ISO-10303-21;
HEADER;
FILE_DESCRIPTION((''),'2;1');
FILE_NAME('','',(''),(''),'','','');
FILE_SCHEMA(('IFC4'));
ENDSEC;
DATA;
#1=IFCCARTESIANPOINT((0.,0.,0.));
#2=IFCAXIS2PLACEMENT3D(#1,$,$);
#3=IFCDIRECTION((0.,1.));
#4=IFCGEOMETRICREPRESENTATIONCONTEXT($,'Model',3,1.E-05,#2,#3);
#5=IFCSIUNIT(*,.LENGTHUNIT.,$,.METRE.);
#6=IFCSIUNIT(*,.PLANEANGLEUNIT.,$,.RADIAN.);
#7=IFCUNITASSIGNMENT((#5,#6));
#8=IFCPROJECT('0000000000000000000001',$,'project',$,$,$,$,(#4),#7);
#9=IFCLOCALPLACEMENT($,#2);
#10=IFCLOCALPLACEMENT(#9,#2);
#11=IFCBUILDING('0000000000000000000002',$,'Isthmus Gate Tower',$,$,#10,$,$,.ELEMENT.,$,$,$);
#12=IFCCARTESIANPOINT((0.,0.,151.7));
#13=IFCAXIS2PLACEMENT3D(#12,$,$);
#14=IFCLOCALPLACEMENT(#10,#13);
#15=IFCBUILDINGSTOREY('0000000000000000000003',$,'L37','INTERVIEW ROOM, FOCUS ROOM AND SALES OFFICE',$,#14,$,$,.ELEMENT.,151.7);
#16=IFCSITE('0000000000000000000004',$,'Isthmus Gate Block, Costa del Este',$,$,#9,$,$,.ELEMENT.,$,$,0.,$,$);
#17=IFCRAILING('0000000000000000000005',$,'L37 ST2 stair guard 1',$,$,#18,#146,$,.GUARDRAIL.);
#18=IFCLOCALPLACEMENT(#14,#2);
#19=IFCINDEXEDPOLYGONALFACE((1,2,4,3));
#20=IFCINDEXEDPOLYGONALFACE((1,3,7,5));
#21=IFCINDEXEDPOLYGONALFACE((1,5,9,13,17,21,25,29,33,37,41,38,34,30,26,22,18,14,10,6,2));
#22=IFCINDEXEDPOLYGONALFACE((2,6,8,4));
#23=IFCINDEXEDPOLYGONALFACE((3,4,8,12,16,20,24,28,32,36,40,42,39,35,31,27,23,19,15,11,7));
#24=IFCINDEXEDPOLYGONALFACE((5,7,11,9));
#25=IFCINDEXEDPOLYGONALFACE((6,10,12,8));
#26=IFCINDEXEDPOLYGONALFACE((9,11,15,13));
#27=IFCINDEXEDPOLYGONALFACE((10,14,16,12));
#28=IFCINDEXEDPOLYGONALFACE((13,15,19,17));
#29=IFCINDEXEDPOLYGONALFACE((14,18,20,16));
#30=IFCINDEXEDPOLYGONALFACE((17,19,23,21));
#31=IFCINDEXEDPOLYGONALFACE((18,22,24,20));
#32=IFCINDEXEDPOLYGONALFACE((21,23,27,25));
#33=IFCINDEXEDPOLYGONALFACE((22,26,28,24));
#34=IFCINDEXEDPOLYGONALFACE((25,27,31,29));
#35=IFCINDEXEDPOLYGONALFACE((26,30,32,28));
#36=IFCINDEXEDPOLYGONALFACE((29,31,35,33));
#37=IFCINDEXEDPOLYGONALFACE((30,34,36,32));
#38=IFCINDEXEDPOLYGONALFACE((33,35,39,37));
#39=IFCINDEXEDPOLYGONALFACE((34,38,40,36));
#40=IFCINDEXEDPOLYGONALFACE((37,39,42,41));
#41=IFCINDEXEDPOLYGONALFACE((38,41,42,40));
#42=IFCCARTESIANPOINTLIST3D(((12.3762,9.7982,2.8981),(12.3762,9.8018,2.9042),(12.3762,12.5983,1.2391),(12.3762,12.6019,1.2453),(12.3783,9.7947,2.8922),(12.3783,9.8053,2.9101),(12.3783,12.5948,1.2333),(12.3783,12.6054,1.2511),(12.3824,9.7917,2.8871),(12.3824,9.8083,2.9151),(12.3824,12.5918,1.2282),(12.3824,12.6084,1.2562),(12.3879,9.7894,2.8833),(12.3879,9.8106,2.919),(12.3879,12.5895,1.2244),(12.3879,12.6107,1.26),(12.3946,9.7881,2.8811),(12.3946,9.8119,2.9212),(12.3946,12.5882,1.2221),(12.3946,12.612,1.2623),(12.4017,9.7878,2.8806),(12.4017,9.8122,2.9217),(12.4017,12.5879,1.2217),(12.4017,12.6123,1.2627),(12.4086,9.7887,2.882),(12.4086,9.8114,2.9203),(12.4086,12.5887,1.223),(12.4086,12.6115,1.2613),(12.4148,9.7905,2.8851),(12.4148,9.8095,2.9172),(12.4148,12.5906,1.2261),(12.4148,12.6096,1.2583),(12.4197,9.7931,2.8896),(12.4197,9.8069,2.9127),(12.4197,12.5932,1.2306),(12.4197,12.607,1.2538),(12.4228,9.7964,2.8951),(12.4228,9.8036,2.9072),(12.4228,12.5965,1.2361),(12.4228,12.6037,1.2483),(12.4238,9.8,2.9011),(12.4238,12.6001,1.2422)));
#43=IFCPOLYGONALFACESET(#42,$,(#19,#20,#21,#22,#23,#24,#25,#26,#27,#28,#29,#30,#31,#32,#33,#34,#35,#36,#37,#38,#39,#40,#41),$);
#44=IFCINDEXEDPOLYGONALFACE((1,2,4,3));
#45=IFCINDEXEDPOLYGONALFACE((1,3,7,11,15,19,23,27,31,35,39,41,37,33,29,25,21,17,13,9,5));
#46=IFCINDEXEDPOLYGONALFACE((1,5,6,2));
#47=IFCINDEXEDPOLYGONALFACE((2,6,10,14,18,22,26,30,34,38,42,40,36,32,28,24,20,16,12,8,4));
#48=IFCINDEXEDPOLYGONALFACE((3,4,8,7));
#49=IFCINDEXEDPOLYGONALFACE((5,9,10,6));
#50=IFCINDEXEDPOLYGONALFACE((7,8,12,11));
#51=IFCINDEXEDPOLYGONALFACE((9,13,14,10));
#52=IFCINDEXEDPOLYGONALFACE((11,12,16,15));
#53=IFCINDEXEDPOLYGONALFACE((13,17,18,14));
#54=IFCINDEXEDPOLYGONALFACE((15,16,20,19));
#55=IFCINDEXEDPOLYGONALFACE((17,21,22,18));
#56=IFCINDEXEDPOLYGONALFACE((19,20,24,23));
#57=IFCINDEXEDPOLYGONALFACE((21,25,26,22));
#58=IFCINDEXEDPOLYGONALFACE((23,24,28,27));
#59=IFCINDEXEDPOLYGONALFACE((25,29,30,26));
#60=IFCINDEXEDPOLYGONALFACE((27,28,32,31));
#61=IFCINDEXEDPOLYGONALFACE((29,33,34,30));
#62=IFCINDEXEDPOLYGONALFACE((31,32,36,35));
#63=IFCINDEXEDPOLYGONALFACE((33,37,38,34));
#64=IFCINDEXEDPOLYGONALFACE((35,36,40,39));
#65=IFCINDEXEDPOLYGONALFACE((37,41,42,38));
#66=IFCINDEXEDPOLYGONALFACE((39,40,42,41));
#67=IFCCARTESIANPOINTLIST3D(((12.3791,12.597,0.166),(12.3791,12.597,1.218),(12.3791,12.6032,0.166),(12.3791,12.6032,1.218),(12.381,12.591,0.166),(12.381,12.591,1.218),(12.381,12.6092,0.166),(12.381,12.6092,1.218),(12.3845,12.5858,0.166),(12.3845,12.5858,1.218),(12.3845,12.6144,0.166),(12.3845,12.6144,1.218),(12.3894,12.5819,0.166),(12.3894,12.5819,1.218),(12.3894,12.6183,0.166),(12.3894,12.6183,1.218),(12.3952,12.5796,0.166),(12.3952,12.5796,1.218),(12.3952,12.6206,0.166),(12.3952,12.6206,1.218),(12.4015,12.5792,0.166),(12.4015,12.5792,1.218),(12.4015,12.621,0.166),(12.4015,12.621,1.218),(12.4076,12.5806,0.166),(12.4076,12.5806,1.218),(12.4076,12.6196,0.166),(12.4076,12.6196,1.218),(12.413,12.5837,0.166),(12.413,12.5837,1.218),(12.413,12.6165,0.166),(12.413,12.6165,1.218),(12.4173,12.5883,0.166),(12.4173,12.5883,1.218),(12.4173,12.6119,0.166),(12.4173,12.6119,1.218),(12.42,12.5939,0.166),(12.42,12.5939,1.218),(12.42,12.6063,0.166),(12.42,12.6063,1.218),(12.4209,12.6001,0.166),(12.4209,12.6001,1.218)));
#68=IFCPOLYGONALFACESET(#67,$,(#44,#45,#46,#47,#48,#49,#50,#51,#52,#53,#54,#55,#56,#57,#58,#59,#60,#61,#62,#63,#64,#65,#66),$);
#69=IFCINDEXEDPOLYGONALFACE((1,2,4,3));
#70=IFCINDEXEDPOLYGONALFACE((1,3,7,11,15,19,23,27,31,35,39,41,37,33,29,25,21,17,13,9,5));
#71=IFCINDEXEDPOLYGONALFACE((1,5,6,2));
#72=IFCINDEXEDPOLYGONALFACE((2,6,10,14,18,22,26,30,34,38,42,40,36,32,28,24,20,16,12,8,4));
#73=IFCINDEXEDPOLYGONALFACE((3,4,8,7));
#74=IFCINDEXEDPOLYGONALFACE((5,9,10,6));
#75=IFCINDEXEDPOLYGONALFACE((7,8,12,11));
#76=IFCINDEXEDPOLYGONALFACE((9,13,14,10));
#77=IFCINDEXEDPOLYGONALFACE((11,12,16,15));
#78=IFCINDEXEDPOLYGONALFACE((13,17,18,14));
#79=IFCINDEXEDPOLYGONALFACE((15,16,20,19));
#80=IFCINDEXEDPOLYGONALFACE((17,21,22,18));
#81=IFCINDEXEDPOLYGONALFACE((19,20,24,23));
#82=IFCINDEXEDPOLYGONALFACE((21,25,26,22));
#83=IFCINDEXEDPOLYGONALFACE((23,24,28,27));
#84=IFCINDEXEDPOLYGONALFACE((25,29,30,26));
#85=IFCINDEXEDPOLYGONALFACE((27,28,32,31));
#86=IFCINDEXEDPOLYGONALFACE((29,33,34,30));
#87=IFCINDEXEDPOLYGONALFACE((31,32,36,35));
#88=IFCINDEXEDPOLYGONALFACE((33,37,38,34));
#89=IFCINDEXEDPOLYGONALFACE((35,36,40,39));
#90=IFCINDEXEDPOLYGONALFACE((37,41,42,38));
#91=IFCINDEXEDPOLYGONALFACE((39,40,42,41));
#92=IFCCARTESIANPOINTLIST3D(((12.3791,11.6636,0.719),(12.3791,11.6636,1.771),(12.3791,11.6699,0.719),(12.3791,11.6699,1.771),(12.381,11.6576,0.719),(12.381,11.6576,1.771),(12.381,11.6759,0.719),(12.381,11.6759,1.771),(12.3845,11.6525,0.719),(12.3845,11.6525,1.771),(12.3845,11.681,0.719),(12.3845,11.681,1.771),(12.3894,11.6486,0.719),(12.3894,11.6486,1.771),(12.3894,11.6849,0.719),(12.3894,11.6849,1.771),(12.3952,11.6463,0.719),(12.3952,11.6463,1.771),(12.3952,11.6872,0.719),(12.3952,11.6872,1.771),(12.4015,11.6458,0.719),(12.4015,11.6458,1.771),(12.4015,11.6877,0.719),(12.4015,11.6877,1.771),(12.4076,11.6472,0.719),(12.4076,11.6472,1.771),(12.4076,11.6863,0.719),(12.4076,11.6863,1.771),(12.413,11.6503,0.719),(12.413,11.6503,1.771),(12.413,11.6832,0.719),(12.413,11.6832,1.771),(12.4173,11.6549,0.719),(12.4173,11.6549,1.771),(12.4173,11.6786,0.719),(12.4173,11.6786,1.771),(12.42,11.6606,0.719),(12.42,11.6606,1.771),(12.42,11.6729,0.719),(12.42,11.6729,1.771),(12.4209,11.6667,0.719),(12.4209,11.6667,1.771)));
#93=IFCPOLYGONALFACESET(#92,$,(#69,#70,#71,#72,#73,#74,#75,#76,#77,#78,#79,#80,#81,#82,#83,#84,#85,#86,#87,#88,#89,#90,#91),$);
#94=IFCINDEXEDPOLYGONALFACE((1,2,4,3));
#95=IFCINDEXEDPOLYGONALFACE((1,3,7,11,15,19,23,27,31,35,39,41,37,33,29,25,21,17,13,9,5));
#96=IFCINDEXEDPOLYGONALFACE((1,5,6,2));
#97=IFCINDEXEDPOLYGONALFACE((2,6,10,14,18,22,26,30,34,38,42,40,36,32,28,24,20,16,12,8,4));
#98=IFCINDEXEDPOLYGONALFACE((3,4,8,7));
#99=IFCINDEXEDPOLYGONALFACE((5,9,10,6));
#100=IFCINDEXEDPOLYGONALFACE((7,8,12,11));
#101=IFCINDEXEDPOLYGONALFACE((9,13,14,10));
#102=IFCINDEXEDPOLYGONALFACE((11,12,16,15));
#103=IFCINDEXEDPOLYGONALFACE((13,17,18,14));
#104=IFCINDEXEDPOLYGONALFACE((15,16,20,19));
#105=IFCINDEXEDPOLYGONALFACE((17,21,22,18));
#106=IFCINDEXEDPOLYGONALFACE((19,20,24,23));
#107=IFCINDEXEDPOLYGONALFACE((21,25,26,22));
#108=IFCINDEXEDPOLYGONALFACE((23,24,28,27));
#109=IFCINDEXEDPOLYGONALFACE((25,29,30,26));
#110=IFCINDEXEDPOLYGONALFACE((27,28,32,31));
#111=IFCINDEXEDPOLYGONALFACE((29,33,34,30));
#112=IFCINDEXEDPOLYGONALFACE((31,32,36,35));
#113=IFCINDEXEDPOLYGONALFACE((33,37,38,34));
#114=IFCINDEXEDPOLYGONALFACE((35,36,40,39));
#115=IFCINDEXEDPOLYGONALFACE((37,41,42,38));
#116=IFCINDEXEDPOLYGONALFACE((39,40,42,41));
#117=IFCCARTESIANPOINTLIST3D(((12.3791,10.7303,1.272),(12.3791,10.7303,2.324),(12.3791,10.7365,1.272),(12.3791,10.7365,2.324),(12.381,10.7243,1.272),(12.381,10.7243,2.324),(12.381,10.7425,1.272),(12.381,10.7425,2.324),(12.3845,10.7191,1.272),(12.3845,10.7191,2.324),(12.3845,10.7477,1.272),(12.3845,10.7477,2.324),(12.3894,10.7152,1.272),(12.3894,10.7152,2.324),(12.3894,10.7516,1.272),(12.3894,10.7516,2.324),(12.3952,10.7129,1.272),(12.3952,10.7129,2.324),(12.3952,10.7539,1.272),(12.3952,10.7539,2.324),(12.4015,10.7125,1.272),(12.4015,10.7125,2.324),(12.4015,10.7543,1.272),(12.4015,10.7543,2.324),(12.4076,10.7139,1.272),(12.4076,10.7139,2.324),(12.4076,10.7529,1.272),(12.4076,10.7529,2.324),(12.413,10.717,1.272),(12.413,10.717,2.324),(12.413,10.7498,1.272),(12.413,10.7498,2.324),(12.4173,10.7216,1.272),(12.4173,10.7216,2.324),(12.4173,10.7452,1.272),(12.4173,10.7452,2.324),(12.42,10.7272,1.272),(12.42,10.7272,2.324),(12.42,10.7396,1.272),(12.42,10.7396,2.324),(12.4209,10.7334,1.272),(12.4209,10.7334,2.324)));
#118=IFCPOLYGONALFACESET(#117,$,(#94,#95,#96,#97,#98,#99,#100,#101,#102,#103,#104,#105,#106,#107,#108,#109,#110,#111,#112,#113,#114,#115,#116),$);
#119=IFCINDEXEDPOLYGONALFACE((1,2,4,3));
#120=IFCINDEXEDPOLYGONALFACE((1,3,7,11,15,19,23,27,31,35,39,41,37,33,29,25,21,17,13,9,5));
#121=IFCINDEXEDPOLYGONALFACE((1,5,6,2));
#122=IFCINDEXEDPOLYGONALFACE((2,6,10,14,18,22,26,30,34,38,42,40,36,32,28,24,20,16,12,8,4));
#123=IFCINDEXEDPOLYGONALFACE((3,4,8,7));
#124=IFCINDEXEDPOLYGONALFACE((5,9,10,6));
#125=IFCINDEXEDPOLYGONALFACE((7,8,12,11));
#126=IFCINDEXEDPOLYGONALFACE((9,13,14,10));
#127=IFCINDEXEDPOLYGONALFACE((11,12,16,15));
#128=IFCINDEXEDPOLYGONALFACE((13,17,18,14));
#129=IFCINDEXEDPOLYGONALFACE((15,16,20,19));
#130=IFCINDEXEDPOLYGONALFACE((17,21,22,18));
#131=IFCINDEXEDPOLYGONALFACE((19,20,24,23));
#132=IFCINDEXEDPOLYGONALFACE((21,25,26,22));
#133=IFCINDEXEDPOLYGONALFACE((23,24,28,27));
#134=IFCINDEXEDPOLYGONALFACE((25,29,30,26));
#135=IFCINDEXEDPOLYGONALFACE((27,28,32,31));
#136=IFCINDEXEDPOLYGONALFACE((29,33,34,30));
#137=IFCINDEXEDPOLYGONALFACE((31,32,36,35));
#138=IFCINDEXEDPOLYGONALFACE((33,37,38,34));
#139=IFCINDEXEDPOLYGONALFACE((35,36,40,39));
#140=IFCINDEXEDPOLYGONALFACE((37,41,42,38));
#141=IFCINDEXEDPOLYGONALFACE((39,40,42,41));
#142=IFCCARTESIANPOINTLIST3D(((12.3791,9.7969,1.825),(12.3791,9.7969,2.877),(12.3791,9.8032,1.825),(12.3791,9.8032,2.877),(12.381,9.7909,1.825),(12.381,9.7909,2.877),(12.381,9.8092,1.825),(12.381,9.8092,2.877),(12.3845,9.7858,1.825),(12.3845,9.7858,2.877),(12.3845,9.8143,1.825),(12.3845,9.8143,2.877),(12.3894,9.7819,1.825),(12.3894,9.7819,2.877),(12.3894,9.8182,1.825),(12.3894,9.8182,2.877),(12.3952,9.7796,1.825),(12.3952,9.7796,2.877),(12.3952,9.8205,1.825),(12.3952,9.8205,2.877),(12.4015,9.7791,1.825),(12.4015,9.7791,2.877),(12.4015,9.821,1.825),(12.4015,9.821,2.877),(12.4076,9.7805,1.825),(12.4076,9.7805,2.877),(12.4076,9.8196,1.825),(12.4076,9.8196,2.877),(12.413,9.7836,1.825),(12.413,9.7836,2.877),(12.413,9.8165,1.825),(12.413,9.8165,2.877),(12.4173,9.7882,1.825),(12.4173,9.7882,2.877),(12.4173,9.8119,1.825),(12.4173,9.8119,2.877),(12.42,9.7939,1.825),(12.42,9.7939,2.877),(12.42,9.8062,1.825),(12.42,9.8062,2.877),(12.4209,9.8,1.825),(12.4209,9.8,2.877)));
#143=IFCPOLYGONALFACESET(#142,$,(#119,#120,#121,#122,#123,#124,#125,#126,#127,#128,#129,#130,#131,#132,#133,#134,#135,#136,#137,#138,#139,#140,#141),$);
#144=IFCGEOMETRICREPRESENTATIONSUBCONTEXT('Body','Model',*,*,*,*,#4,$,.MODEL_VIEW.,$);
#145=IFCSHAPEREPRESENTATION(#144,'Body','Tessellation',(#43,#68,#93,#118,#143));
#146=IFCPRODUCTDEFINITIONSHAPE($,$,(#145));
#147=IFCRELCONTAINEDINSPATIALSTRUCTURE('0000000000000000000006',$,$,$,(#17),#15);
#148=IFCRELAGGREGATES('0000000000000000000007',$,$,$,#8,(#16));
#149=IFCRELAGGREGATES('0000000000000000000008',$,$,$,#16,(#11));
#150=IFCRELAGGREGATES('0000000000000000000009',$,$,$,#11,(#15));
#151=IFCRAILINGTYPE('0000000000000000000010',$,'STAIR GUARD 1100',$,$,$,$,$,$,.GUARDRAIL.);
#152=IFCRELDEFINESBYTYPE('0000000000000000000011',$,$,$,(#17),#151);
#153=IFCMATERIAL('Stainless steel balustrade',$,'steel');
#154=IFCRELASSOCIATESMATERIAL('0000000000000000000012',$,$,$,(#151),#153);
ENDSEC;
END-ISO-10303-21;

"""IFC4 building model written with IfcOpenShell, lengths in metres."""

from ifc_helpers import new_model, si_unit, direction, frame, origin, origin_2d, place, context, subcontext, project, spatial, circle, extrude, material, type_object, element, save


model = new_model("IFC4")

# Units and contexts
model_context = context("Model", 3, precision=1e-05, world=origin(), true_north=direction((0.0, 1.0)))
body_context = subcontext(model_context, "Body", "Model", "MODEL_VIEW")
ifc_project = project(units=[si_unit("LENGTHUNIT", "METRE"), si_unit("PLANEANGLEUNIT", "RADIAN")], contexts=[model_context])

# Site, building, storey
site_placement = place(None, origin())
site = spatial("IfcSite", under=ifc_project, at=site_placement, Name="Isthmus Gate Block, Costa del Este", CompositionType="ELEMENT", RefElevation=0.0)
building_placement = place(site_placement, origin())
building = spatial("IfcBuilding", under=site, at=building_placement, Name="Isthmus Gate Tower", CompositionType="ELEMENT")
storey_placement = place(building_placement, frame((0.0, 0.0, 151.7)))
storey = spatial("IfcBuildingStorey", under=building, at=storey_placement, Name="L37", Description="INTERVIEW ROOM, FOCUS ROOM AND SALES OFFICE", CompositionType="ELEMENT", Elevation=151.7)

# Railing
ifc_material_1 = material(Name="Stainless steel balustrade", Category="steel")
railing_type_1 = type_object("IfcRailingType", Name="STAIR GUARD 1100", PredefinedType="GUARDRAIL", material=ifc_material_1)
railing_1_placement = place(storey_placement, frame((12.3999, 12.6001, 0.166)))
element("IfcRailing", 1, at=railing_1_placement, inside=storey, type_object=railing_type_1, Name="L37 ST2 stair guard 1", PredefinedType="GUARDRAIL", context=body_context, shape_type="SweptSolid", body=[
    extrude(circle(Radius=0.0239, at=origin_2d()), frame((0.0, 0.0, 1.0762), z_axis=(0.0, -0.860339, 0.509722), x_axis=(1.0, 0.0, 0.0)), (0.0, 0.0, 1.0), 3.2546),
    extrude(circle(Radius=0.021, at=origin_2d()), origin(), (0.0, 0.0, 1.0), 1.052),
    extrude(circle(Radius=0.021, at=origin_2d()), frame((0.0, -0.9333, 0.553)), (0.0, 0.0, 1.0), 1.052),
    extrude(circle(Radius=0.021, at=origin_2d()), frame((0.0, -1.8667, 1.106)), (0.0, 0.0, 1.0), 1.052),
    extrude(circle(Radius=0.021, at=origin_2d()), frame((0.0, -2.8, 1.6589)), (0.0, 0.0, 1.0), 1.052),
])

save(model, "model.ifc")
